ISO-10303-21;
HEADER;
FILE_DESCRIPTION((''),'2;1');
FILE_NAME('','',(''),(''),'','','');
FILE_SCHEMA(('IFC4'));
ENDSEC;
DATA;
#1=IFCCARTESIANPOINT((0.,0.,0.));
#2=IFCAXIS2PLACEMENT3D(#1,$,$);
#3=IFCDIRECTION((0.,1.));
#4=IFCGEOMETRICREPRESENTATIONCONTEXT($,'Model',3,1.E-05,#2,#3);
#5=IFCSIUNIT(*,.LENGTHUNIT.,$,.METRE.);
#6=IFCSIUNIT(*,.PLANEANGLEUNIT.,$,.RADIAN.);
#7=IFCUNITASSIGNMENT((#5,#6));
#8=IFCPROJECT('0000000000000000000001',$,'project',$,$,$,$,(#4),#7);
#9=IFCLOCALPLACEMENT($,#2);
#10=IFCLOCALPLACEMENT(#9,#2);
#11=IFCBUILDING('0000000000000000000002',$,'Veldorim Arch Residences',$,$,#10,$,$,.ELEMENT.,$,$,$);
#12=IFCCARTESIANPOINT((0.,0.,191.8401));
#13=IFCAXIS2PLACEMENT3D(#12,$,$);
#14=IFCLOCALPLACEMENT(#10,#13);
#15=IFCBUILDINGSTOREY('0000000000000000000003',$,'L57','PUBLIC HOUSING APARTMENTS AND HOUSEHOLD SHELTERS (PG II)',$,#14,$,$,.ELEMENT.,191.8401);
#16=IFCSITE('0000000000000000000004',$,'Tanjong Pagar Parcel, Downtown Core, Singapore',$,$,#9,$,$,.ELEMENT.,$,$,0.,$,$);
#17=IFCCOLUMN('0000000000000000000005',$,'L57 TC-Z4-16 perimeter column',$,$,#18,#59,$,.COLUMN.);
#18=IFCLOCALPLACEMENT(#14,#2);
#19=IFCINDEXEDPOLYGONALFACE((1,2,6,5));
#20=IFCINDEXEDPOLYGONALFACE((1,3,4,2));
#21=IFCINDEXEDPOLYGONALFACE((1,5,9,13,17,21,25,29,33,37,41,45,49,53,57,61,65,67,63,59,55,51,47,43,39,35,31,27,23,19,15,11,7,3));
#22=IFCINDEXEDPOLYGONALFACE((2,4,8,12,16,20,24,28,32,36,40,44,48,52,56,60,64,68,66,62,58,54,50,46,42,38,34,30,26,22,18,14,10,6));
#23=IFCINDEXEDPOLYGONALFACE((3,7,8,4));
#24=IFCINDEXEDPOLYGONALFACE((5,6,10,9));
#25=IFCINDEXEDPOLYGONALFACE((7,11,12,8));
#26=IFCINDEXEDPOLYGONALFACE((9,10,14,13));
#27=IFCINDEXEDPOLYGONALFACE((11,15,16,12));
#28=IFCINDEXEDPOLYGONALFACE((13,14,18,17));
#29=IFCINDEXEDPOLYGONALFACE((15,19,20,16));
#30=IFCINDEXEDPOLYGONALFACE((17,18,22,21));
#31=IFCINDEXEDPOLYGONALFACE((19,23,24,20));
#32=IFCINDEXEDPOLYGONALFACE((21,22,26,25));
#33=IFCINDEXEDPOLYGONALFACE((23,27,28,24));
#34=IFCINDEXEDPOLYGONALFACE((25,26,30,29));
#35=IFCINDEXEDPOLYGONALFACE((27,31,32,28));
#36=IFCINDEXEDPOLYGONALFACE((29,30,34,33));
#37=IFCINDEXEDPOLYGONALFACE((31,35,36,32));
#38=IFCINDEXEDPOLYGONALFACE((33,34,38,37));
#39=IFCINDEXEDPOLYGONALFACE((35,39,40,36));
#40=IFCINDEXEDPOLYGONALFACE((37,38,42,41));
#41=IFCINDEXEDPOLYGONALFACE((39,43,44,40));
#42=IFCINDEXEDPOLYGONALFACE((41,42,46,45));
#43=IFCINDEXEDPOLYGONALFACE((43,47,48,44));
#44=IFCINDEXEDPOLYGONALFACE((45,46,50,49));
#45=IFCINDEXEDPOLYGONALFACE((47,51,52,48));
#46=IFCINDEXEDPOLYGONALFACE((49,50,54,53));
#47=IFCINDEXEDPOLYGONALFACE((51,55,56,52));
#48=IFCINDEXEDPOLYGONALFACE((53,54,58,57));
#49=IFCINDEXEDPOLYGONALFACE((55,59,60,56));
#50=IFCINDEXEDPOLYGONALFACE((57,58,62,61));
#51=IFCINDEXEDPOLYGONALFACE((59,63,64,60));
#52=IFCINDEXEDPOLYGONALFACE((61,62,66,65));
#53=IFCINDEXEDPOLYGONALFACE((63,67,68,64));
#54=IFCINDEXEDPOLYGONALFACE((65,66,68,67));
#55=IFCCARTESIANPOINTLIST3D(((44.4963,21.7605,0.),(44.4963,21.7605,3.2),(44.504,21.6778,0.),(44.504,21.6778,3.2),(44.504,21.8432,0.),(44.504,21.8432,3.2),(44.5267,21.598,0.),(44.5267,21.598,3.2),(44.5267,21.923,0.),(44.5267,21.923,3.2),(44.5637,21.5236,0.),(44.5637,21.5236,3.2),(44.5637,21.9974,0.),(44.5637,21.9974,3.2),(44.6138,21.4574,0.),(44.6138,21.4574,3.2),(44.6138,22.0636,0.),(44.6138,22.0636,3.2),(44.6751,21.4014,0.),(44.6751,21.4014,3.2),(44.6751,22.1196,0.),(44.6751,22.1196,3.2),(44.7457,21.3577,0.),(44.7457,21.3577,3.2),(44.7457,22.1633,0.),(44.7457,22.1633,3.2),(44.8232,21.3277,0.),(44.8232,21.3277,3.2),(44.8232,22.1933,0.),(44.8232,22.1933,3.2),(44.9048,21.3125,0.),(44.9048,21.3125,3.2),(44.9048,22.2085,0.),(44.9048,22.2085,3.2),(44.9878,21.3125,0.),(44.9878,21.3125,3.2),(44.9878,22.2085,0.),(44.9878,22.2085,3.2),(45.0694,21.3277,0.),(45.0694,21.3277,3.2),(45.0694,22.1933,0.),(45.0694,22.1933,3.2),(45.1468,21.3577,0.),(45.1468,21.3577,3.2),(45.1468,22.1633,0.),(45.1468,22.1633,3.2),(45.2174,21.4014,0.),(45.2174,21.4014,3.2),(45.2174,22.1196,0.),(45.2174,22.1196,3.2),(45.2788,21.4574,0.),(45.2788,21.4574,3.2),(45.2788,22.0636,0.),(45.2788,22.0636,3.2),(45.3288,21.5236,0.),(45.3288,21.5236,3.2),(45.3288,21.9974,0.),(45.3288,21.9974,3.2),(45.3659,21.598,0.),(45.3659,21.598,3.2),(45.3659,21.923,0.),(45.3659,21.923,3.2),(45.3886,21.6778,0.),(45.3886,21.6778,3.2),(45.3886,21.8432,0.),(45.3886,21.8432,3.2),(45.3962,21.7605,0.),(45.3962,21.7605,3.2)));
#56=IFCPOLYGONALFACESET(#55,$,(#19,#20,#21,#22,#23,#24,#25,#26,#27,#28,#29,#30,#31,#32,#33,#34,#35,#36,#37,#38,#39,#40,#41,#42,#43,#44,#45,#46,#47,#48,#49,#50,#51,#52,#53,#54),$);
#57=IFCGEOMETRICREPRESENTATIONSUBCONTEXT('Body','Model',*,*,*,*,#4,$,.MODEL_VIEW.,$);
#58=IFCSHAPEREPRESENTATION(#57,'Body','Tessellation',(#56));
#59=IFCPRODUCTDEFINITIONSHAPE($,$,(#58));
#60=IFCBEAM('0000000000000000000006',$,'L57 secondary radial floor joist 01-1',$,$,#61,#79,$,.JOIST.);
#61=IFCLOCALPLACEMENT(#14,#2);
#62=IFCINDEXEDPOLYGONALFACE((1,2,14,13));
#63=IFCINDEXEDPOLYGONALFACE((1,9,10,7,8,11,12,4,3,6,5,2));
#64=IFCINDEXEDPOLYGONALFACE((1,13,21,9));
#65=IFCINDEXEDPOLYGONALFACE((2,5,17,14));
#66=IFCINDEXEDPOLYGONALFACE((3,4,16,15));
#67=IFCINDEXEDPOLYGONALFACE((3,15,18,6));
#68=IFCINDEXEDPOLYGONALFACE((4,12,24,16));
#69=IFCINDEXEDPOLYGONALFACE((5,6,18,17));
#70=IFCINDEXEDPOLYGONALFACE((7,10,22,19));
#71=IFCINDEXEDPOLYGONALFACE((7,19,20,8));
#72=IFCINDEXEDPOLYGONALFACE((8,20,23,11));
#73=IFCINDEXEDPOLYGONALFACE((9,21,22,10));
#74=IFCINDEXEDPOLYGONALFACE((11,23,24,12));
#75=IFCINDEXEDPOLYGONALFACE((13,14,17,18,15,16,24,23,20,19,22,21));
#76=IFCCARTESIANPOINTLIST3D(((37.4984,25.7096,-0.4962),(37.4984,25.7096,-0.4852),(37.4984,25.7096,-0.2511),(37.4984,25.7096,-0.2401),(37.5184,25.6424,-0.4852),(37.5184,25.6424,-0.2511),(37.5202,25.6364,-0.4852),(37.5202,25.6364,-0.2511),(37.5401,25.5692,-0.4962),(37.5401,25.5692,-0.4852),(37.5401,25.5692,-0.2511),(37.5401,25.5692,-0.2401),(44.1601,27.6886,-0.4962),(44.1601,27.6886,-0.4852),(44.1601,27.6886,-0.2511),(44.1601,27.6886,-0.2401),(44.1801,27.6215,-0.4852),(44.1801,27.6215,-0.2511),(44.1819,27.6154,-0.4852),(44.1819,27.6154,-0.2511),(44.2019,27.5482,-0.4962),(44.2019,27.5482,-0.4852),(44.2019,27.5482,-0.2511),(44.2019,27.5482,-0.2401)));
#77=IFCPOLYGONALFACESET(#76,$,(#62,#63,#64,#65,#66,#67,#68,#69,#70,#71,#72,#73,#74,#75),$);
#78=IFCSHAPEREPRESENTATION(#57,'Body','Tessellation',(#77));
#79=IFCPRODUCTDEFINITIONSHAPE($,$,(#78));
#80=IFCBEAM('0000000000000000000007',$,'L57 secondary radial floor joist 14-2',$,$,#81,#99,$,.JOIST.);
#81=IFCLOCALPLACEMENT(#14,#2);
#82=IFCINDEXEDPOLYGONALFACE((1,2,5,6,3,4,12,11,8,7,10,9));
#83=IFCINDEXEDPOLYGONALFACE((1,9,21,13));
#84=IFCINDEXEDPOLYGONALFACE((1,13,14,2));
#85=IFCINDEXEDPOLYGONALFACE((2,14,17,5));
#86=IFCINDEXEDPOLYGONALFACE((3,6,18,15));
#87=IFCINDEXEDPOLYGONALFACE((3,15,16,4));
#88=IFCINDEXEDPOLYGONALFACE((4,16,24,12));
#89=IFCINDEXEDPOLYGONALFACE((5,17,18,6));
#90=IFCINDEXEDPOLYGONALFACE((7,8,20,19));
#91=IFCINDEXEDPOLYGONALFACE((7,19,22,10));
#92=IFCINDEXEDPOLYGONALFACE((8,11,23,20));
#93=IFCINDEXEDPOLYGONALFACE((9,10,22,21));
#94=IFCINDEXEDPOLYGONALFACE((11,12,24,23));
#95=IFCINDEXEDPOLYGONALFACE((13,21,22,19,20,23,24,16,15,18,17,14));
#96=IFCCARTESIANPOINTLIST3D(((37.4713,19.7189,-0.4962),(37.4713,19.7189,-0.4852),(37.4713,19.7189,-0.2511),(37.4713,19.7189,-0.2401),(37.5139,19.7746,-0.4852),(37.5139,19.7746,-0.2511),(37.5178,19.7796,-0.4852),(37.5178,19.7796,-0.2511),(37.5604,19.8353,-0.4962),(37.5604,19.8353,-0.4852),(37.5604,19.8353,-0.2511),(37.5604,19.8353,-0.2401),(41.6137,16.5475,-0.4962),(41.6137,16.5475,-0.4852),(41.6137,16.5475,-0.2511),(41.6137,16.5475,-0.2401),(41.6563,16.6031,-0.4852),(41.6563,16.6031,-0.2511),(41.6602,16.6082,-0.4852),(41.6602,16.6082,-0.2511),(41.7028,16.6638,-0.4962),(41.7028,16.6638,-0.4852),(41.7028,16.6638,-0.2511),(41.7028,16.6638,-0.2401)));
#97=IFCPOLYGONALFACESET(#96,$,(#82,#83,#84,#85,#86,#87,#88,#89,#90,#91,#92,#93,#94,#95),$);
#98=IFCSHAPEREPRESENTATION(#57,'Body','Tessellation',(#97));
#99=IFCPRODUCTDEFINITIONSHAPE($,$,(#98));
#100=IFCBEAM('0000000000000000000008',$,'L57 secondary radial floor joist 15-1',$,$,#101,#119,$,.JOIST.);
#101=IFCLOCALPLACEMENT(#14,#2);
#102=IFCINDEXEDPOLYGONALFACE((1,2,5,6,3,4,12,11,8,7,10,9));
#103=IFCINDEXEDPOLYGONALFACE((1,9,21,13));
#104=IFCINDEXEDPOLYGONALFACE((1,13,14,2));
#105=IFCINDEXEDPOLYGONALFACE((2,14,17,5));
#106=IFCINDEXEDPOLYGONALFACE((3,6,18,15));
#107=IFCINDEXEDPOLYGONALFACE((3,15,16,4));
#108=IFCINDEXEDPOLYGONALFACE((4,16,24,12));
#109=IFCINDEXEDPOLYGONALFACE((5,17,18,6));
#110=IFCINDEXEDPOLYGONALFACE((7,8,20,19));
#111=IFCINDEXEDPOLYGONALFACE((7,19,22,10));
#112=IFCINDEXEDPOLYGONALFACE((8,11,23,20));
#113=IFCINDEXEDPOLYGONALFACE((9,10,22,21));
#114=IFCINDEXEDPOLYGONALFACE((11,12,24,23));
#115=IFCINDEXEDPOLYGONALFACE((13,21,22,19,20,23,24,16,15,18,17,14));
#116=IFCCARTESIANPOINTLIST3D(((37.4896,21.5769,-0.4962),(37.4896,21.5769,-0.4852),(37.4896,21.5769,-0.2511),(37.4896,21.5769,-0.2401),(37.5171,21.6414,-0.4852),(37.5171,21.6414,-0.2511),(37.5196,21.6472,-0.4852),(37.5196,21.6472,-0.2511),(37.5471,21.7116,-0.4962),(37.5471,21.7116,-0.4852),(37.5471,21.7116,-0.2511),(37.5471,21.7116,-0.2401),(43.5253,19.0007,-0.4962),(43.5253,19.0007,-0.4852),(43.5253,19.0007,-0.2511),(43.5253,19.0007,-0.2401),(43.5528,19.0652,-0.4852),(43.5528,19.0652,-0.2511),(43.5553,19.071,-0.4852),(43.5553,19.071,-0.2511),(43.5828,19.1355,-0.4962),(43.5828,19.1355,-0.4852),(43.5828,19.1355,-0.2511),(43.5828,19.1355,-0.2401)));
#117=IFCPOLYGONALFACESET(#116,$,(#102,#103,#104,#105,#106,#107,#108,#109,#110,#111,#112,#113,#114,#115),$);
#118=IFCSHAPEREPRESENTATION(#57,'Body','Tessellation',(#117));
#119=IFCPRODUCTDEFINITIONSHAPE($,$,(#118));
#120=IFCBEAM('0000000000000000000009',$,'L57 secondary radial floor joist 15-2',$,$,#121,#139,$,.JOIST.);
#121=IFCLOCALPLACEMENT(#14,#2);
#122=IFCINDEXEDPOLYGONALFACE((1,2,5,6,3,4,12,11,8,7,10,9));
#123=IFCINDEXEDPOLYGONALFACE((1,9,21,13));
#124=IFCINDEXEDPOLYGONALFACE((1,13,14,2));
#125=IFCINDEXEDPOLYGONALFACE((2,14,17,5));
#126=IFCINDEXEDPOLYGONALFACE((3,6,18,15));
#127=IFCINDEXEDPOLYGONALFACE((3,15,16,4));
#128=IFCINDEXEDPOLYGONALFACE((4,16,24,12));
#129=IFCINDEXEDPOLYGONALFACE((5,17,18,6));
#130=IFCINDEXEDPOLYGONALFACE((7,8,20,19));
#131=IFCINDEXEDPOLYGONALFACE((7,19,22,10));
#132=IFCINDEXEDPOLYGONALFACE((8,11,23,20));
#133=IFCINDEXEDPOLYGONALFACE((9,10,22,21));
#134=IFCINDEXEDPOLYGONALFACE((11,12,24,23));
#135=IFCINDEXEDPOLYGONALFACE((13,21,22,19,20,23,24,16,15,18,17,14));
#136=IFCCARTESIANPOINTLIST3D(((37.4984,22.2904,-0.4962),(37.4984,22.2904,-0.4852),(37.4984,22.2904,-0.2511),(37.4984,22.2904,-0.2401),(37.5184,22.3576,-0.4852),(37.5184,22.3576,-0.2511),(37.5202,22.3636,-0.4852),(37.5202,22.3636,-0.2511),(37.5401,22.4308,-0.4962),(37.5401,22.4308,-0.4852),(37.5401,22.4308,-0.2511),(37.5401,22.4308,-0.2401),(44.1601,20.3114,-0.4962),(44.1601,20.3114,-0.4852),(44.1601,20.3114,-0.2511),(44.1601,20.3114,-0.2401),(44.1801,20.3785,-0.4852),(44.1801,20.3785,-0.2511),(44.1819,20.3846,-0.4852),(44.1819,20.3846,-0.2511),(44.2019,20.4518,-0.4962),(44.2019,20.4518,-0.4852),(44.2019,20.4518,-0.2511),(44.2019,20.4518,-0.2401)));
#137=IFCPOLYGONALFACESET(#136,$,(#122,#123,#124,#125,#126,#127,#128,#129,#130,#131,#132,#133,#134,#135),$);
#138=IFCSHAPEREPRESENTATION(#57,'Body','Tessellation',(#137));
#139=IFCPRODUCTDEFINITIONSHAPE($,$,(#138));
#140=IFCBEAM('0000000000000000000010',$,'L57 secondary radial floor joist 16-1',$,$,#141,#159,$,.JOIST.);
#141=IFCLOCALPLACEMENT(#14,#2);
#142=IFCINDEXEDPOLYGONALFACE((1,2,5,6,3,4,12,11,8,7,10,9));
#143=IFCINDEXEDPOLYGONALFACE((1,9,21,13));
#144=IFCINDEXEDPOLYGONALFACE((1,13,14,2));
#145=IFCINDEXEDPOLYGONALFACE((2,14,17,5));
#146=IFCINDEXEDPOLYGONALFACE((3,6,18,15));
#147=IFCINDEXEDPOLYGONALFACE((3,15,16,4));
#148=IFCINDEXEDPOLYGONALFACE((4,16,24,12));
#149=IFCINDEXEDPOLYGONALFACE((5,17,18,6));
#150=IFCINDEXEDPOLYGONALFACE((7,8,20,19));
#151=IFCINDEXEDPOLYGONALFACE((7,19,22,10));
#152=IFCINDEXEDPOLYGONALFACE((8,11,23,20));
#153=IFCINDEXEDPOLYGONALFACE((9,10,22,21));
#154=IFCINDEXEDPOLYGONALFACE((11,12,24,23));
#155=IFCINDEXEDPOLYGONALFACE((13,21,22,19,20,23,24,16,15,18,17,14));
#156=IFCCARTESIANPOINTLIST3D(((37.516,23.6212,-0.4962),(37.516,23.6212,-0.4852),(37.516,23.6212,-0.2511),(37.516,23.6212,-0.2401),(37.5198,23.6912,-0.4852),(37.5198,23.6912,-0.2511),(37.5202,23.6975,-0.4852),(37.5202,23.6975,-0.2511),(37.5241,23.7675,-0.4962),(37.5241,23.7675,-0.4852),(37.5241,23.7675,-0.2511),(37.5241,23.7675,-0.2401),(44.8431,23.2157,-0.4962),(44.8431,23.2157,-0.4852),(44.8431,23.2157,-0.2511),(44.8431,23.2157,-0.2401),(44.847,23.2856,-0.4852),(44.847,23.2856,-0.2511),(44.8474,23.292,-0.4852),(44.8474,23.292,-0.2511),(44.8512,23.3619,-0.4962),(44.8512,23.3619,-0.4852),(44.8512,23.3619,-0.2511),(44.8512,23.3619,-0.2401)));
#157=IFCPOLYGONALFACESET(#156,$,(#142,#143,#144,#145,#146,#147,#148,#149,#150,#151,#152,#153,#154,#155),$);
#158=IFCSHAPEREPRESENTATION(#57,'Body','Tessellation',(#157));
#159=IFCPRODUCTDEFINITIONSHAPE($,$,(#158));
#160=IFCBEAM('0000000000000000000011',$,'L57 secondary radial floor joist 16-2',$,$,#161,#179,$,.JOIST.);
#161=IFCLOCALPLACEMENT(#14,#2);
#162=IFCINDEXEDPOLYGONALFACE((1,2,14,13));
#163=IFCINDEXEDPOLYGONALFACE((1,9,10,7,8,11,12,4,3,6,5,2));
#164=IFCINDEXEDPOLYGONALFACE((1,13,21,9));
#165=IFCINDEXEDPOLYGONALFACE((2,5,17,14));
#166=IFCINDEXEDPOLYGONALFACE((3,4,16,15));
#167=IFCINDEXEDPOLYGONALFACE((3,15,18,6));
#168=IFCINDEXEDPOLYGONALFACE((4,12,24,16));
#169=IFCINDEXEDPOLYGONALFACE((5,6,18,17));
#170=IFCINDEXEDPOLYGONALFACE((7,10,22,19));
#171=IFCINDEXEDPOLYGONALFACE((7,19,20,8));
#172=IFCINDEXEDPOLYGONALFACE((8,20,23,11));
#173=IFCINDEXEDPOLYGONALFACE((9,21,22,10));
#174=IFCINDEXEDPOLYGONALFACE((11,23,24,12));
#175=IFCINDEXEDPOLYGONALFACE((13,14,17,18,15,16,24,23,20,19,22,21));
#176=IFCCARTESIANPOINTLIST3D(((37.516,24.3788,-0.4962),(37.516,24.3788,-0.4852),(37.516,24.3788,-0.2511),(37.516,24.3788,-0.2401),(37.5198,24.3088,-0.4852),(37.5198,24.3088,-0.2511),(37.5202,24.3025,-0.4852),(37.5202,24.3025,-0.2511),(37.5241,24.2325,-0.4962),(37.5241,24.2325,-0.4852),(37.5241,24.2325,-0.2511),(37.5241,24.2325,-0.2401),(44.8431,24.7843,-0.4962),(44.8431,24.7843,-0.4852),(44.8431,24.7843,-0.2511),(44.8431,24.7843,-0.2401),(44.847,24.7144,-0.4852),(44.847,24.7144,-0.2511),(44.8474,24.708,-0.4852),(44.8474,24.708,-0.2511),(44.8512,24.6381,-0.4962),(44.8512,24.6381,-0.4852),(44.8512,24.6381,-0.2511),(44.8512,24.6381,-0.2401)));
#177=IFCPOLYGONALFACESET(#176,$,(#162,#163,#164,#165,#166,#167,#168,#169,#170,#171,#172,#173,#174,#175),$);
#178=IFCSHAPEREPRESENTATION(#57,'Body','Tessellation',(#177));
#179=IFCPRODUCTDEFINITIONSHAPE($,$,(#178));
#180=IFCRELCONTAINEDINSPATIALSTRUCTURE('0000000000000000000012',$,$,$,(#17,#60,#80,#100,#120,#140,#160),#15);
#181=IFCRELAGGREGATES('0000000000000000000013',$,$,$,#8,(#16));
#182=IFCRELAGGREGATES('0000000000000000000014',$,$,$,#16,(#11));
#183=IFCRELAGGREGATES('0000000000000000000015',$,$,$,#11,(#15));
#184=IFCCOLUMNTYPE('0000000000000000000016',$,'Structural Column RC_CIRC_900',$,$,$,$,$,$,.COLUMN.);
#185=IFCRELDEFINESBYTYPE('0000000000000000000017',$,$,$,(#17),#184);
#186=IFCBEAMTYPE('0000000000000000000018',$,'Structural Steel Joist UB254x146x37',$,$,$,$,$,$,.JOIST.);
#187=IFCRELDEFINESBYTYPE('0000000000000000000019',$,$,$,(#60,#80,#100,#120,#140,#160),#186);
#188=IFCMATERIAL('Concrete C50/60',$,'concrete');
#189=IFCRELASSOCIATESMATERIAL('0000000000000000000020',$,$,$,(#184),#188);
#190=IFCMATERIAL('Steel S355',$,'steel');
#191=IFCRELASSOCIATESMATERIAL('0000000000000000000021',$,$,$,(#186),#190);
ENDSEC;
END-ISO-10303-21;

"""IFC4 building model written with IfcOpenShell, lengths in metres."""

from ifc_helpers import new_model, si_unit, direction, frame, origin, origin_2d, place, context, subcontext, project, spatial, circle, i_section, extrude, material, material_profile, profile_set, type_object, element, save


model = new_model("IFC4")

# Units and contexts
model_context = context("Model", 3, precision=1e-05, world=origin(), true_north=direction((0.0, 1.0)))
body_context = subcontext(model_context, "Body", "Model", "MODEL_VIEW")
ifc_project = project(units=[si_unit("LENGTHUNIT", "METRE"), si_unit("PLANEANGLEUNIT", "RADIAN")], contexts=[model_context])

# Site, building, storey
site_placement = place(None, origin())
site = spatial("IfcSite", under=ifc_project, at=site_placement, Name="Tanjong Pagar Parcel, Downtown Core, Singapore", CompositionType="ELEMENT", RefElevation=0.0)
building_placement = place(site_placement, origin())
building = spatial("IfcBuilding", under=site, at=building_placement, Name="Veldorim Arch Residences", CompositionType="ELEMENT")
storey_placement = place(building_placement, frame((0.0, 0.0, 191.8401)))
storey = spatial("IfcBuildingStorey", under=building, at=storey_placement, Name="L57", Description="PUBLIC HOUSING APARTMENTS AND HOUSEHOLD SHELTERS (PG II)", CompositionType="ELEMENT", Elevation=191.8401)

# Column
ifc_material_1 = material(Name="Concrete C50/60", Category="concrete")
ifc_material_profile_1 = material_profile(ifc_material_1, circle(Radius=0.45, at=origin_2d()), Name="RC_CIRC_900")
ifc_profile_set_1 = profile_set([ifc_material_profile_1], Name="Concrete C50/60")
column_type = type_object("IfcColumnType", Name="Structural Column RC_CIRC_900", PredefinedType="COLUMN", material=ifc_profile_set_1)
column_placement = place(storey_placement, frame((44.9463, 21.7605, 0.0), z_axis=(0.0, 0.0, 1.0), x_axis=(1.0, 0.0, 0.0)))
element("IfcColumn", 1, at=column_placement, inside=storey, type_object=column_type, Name="L57 TC-Z4-16 perimeter column", PredefinedType="COLUMN", context=body_context, shape_type="SweptSolid", body=[
    extrude(circle(Radius=0.45, at=origin_2d()), origin(), (0.0, 0.0, 1.0), 3.2),
])

# Beams
ifc_material_2 = material(Name="Steel S355", Category="steel")
ifc_material_profile_2 = material_profile(ifc_material_2, i_section(OverallWidth=0.1465, OverallDepth=0.2561, WebThickness=0.0063, FlangeThickness=0.011, at=origin_2d()), Name="UB254x146x37")
ifc_profile_set_2 = profile_set([ifc_material_profile_2], Name="Steel S355")
beam_type_1 = type_object("IfcBeamType", Name="Structural Steel Joist UB254x146x37", PredefinedType="JOIST", material=ifc_profile_set_2)
beam_1_placement = place(storey_placement, frame((37.5193, 25.6394, -0.3682), z_axis=(0.958594, 0.284775, 0.0), x_axis=(-0.284775, 0.958594, 0.0)))
element("IfcBeam", 2, at=beam_1_placement, inside=storey, type_object=beam_type_1, Name="L57 secondary radial floor joist 01-1", PredefinedType="JOIST", context=body_context, shape_type="SweptSolid", body=[
    extrude(i_section(OverallWidth=0.1465, OverallDepth=0.2561, WebThickness=0.0063, FlangeThickness=0.011, at=origin_2d()), origin(), (0.0, 0.0, 1.0), 6.9495),
])
beam_2_placement = place(storey_placement, frame((37.5159, 19.7771, -0.3682), z_axis=(0.794014, -0.6079, 0.0), x_axis=(0.6079, 0.794014, 0.0)))
element("IfcBeam", 3, at=beam_2_placement, inside=storey, type_object=beam_type_1, Name="L57 secondary radial floor joist 14-2", PredefinedType="JOIST", context=body_context, shape_type="SweptSolid", body=[
    extrude(i_section(OverallWidth=0.1465, OverallDepth=0.2561, WebThickness=0.0063, FlangeThickness=0.011, at=origin_2d()), origin(), (0.0, 0.0, 1.0), 5.217),
])
beam_3_placement = place(storey_placement, frame((37.5183, 21.6443, -0.3682), z_axis=(0.919725, -0.392563, 0.0), x_axis=(0.392563, 0.919725, 0.0)))
element("IfcBeam", 4, at=beam_3_placement, inside=storey, type_object=beam_type_1, Name="L57 secondary radial floor joist 15-1", PredefinedType="JOIST", context=body_context, shape_type="SweptSolid", body=[
    extrude(i_section(OverallWidth=0.1465, OverallDepth=0.2561, WebThickness=0.0063, FlangeThickness=0.011, at=origin_2d()), origin(), (0.0, 0.0, 1.0), 6.5625),
])
beam_4_placement = place(storey_placement, frame((37.5193, 22.3606, -0.3682), z_axis=(0.958594, -0.284775, 0.0), x_axis=(0.284775, 0.958594, 0.0)))
element("IfcBeam", 5, at=beam_4_placement, inside=storey, type_object=beam_type_1, Name="L57 secondary radial floor joist 15-2", PredefinedType="JOIST", context=body_context, shape_type="SweptSolid", body=[
    extrude(i_section(OverallWidth=0.1465, OverallDepth=0.2561, WebThickness=0.0063, FlangeThickness=0.011, at=origin_2d()), origin(), (0.0, 0.0, 1.0), 6.9495),
])
for number, where, z_axis, x_axis, name in (
    (6, (37.52, 23.6943, -0.3682), (0.998472, -0.05526, 0.0), (0.05526, 0.998472, 0.0), "L57 secondary radial floor joist 16-1"),
    (7, (37.52, 24.3057, -0.3682), (0.998472, 0.05526, 0.0), (-0.05526, 0.998472, 0.0), "L57 secondary radial floor joist 16-2"),
):
    element("IfcBeam", number, at=place(storey_placement, frame(where, z_axis=z_axis, x_axis=x_axis)), inside=storey, type_object=beam_type_1, Name=name, PredefinedType="JOIST", context=body_context, shape_type="SweptSolid", body=[
        extrude(i_section(OverallWidth=0.1465, OverallDepth=0.2561, WebThickness=0.0063, FlangeThickness=0.011, at=origin_2d()), origin(), (0.0, 0.0, 1.0), 7.3384),
    ])

save(model, "model.ifc")
